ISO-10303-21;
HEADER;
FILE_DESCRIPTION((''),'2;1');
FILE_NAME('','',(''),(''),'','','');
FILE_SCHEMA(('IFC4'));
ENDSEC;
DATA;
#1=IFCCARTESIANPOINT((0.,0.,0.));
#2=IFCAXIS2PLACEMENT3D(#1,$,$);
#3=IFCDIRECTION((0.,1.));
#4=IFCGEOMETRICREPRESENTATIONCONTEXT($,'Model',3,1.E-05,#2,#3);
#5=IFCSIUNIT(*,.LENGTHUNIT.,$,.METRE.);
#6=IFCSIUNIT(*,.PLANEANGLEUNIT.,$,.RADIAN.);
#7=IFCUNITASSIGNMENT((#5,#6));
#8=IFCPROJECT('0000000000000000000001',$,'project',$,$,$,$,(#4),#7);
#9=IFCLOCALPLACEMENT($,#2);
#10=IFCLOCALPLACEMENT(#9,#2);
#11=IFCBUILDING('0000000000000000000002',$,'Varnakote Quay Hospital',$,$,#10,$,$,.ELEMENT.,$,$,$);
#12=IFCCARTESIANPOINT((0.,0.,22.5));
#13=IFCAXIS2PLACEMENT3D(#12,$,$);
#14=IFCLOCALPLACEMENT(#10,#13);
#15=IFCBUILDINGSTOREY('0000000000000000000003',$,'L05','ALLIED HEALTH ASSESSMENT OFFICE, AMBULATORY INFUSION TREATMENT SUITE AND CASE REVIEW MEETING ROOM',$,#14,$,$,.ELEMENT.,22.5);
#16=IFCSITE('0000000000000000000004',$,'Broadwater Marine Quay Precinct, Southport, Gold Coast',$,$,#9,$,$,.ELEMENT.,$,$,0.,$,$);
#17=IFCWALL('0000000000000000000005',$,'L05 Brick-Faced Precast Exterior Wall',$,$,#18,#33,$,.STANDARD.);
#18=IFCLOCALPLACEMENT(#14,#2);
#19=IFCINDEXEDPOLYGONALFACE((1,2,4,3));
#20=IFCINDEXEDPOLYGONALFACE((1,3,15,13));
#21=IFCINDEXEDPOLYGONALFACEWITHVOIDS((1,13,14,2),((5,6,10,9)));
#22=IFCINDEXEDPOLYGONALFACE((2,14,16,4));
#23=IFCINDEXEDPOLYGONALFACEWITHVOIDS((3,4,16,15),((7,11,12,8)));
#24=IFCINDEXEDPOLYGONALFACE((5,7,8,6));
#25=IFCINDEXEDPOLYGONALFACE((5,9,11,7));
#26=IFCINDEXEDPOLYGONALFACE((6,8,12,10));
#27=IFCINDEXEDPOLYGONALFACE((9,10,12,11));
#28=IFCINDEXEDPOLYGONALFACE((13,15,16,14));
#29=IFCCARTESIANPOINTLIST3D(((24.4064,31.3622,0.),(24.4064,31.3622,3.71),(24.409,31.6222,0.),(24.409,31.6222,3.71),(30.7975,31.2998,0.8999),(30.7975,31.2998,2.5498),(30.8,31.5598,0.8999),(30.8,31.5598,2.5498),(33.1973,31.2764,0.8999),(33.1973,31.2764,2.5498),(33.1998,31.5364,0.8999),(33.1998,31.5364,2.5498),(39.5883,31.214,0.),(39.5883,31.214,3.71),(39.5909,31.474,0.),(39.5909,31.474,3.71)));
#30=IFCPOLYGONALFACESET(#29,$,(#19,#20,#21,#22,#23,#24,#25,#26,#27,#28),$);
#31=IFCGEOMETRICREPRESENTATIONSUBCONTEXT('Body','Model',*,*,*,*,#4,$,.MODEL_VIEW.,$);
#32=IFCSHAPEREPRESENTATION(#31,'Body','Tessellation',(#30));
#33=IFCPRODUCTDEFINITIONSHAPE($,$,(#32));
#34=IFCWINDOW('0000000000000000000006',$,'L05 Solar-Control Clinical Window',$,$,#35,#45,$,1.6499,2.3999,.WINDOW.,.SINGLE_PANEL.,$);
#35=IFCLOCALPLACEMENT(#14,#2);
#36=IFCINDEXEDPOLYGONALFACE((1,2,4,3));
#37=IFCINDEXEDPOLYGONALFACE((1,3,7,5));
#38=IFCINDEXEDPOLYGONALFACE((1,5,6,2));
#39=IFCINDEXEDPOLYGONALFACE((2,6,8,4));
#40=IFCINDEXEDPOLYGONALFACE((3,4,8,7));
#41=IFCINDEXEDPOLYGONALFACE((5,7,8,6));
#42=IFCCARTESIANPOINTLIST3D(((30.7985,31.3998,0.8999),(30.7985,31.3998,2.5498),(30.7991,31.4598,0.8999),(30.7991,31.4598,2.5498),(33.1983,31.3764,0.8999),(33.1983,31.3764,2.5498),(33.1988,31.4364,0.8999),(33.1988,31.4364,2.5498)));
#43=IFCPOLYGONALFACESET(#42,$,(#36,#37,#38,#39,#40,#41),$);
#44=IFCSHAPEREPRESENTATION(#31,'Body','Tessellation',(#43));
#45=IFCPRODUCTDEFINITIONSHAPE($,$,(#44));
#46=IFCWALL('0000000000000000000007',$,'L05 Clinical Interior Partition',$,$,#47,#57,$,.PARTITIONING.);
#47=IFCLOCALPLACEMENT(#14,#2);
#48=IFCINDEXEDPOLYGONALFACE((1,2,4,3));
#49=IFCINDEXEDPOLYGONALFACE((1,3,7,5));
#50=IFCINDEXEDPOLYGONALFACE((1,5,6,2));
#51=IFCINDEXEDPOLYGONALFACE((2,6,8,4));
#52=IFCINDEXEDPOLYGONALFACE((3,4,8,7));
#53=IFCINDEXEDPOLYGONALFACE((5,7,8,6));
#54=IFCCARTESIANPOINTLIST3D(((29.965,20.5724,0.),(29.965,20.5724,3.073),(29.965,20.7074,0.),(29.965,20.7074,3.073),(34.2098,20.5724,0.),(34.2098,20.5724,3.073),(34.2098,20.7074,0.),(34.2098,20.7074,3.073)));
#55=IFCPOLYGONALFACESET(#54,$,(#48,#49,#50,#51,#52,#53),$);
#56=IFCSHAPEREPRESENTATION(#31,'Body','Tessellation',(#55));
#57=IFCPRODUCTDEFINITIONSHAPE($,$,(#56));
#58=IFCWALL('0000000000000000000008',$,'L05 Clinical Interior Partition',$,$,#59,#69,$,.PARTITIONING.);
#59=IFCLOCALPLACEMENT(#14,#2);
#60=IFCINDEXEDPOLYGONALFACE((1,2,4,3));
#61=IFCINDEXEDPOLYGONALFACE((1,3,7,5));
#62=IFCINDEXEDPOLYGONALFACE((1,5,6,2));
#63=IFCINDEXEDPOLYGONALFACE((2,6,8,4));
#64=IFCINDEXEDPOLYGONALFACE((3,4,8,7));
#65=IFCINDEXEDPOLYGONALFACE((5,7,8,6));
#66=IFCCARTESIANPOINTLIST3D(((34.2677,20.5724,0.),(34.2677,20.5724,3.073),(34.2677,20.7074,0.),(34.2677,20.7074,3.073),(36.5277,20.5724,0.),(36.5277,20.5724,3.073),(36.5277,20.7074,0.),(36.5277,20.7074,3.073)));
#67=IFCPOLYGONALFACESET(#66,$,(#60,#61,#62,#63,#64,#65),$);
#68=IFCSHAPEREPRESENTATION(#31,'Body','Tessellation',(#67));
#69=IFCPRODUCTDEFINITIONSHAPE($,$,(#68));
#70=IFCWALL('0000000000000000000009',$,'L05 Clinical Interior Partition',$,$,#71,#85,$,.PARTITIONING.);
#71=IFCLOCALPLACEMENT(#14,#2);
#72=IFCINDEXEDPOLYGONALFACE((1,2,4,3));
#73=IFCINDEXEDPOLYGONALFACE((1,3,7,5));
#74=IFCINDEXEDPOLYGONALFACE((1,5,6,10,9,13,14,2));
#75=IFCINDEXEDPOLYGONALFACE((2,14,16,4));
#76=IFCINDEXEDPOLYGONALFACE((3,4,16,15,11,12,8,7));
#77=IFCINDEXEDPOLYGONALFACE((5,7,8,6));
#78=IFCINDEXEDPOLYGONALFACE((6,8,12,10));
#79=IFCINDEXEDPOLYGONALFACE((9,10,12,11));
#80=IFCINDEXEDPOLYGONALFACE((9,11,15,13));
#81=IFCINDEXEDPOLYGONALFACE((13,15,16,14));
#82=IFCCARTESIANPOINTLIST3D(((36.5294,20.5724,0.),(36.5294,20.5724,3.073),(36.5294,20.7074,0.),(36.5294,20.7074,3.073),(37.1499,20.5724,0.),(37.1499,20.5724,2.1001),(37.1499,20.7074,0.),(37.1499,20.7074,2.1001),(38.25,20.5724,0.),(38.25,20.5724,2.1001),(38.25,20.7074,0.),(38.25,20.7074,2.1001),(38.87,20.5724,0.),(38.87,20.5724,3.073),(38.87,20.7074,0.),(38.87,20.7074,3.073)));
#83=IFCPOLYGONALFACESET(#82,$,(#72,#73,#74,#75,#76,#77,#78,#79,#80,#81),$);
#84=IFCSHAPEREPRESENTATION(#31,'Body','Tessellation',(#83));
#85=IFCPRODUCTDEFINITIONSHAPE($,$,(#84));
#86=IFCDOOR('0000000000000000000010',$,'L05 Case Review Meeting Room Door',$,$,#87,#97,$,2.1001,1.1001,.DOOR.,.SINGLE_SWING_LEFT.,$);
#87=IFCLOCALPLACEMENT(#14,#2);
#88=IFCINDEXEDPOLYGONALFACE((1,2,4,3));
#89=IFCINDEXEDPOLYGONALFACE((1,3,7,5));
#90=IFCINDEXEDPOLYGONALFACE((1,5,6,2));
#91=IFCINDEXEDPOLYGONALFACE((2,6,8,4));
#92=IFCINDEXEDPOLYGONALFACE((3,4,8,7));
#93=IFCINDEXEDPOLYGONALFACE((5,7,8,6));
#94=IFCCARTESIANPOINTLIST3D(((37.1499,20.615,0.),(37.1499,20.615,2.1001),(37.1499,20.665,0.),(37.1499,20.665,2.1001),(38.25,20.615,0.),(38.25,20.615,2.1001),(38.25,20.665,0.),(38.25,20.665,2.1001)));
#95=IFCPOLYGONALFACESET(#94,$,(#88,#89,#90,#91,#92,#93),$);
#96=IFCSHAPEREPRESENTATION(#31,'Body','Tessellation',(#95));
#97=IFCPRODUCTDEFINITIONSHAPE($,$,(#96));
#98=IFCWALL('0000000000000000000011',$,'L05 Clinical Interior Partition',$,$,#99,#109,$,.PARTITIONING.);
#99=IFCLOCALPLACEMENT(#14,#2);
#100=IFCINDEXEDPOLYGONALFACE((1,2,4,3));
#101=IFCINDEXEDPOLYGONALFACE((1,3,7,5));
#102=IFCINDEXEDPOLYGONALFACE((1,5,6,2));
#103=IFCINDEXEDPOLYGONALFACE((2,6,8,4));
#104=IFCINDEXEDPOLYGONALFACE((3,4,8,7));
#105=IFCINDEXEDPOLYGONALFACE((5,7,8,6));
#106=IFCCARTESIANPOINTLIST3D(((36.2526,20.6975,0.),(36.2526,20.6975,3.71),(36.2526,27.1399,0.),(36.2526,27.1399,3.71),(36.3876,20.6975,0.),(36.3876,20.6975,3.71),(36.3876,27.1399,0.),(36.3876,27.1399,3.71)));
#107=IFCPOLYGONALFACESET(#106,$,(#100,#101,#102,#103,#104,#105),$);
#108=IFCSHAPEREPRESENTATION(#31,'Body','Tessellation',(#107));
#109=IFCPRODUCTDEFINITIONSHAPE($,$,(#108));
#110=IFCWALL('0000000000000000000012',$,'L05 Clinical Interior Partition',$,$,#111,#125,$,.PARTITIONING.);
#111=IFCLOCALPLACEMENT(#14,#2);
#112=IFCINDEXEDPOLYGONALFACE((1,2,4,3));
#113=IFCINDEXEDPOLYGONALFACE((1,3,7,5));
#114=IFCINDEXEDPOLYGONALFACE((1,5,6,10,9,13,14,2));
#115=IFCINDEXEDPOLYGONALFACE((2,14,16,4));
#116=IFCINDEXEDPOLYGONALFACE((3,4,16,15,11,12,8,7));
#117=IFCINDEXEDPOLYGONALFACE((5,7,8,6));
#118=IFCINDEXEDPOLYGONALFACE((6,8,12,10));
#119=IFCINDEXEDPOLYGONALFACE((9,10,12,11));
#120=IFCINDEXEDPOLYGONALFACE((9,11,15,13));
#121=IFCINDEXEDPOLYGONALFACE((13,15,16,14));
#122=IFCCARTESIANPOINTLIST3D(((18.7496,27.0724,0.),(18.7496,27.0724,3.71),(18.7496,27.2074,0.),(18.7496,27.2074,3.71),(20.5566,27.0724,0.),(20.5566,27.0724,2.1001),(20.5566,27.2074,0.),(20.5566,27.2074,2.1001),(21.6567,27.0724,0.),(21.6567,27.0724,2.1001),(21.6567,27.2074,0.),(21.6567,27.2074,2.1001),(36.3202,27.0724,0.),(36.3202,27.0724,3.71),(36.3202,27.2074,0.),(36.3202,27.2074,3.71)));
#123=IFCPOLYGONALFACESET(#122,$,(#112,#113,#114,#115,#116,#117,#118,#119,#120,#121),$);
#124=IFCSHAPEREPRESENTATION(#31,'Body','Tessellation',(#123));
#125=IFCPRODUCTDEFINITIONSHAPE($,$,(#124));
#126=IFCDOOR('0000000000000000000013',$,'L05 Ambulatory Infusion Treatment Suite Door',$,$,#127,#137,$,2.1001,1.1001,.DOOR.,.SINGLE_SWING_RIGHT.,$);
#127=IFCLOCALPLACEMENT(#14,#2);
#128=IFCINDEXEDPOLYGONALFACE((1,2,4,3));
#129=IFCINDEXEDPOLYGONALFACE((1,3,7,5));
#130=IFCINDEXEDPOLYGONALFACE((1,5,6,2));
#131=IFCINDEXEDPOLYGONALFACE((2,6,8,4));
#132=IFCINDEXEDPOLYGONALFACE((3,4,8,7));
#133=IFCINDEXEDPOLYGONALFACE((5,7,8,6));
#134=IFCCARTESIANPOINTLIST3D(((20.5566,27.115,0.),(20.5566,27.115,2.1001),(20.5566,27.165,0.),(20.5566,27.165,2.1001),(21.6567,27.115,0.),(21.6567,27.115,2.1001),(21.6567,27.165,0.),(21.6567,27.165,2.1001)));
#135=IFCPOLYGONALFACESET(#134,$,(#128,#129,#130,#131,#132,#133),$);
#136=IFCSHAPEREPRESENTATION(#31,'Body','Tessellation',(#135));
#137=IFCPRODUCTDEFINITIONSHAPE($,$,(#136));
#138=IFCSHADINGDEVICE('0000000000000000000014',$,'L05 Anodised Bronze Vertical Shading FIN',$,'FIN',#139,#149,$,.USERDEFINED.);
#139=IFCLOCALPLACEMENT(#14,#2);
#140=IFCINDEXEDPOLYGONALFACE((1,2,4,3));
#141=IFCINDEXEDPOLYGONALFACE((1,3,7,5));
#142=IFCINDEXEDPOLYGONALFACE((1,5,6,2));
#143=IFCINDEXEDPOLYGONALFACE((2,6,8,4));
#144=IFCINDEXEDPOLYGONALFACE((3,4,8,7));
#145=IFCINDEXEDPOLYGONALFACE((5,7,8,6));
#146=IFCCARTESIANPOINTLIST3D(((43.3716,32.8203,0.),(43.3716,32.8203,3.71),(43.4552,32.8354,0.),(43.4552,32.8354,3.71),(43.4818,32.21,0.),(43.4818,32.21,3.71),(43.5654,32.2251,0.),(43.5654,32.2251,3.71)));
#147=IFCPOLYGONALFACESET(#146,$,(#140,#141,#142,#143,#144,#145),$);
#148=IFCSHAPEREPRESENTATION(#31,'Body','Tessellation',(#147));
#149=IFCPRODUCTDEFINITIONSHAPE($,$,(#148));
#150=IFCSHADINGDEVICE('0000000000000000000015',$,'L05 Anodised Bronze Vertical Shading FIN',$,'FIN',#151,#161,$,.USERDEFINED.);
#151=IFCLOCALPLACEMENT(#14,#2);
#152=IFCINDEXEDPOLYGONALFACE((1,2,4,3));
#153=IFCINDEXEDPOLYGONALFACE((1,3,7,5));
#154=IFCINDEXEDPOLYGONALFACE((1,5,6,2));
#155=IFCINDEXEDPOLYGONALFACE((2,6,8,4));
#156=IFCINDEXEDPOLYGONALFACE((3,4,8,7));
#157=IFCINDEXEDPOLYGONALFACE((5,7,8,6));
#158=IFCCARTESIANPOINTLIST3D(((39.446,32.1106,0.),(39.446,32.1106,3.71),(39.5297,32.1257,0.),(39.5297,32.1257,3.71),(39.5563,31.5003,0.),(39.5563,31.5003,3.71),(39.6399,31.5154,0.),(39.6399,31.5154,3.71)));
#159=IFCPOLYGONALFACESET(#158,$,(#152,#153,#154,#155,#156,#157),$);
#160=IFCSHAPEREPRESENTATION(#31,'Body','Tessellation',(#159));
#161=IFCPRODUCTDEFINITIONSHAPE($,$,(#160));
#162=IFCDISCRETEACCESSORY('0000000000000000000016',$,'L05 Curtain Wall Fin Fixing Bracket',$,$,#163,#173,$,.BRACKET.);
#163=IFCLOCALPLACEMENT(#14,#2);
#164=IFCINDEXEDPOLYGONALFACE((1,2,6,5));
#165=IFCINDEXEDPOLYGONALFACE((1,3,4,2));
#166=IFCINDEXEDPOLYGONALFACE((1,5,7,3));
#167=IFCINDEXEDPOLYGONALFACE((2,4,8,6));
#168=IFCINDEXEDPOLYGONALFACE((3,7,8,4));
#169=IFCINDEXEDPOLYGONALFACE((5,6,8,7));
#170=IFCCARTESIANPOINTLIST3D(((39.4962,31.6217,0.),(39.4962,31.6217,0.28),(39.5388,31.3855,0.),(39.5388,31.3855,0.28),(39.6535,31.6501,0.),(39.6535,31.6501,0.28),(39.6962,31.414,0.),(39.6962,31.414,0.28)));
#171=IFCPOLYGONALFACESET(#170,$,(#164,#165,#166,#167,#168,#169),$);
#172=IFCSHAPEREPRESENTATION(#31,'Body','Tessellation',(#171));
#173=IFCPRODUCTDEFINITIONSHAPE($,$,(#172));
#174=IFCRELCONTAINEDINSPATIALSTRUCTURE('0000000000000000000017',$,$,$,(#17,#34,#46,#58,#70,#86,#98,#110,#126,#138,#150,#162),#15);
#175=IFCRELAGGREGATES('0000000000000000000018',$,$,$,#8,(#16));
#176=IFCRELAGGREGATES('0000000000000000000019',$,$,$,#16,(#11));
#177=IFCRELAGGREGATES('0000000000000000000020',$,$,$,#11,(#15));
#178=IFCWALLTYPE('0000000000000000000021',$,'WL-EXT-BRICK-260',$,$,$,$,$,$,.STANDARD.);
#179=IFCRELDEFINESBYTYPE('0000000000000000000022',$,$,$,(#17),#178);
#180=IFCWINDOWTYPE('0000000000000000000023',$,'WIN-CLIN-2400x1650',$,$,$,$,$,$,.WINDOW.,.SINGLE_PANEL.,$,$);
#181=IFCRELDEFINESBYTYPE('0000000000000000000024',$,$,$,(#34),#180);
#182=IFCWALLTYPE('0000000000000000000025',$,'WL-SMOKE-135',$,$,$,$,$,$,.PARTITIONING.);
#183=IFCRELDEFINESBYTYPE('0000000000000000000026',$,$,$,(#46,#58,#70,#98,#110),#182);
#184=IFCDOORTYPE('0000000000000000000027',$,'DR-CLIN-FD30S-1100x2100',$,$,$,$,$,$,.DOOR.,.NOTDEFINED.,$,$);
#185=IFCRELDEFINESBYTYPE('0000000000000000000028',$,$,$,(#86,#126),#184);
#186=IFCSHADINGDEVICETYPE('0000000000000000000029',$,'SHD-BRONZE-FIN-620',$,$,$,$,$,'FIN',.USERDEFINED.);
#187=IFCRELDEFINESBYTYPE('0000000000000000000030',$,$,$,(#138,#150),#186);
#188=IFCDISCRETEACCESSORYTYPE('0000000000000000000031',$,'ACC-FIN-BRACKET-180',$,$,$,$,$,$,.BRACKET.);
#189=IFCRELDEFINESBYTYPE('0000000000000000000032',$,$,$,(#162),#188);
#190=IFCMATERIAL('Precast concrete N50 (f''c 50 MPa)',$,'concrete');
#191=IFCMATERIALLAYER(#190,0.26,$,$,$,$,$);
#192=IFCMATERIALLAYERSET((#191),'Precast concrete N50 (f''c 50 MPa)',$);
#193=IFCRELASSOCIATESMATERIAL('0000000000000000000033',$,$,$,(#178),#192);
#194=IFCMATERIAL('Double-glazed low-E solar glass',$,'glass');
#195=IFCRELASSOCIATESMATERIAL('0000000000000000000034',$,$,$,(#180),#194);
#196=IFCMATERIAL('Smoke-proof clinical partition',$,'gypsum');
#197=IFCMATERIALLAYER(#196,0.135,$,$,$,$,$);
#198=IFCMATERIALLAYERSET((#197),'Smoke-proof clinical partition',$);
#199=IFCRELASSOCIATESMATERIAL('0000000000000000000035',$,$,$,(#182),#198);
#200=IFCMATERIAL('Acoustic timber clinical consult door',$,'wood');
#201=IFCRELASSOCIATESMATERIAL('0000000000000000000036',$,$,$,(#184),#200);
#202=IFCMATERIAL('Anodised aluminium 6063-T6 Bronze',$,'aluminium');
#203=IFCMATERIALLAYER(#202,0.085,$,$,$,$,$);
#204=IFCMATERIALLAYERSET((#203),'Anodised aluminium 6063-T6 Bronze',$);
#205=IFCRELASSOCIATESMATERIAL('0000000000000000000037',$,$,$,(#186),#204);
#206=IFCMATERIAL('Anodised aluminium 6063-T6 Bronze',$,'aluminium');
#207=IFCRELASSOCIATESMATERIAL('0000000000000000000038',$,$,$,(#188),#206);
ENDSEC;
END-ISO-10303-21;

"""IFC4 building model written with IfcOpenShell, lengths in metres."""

from ifc_helpers import new_model, si_unit, direction, frame, frame_2d, origin, origin_2d, place, context, subcontext, project, spatial, rectangle, extrude, material, layer, layer_set, type_object, element, fill, save


model = new_model("IFC4")

# Units and contexts
model_context = context("Model", 3, precision=1e-05, world=origin(), true_north=direction((0.0, 1.0)))
body_context = subcontext(model_context, "Body", "Model", "MODEL_VIEW")
ifc_project = project(units=[si_unit("LENGTHUNIT", "METRE"), si_unit("PLANEANGLEUNIT", "RADIAN")], contexts=[model_context])

# Site, building, storey
site_placement = place(None, origin())
site = spatial("IfcSite", under=ifc_project, at=site_placement, Name="Broadwater Marine Quay Precinct, Southport, Gold Coast", CompositionType="ELEMENT", RefElevation=0.0)
building_placement = place(site_placement, origin())
building = spatial("IfcBuilding", under=site, at=building_placement, Name="Varnakote Quay Hospital", CompositionType="ELEMENT")
storey_placement = place(building_placement, frame((0.0, 0.0, 22.5)))
storey = spatial("IfcBuildingStorey", under=building, at=storey_placement, Name="L05", Description="ALLIED HEALTH ASSESSMENT OFFICE, AMBULATORY INFUSION TREATMENT SUITE AND CASE REVIEW MEETING ROOM", CompositionType="ELEMENT", Elevation=22.5)

# Wall, opening, window
ifc_material_1 = material(Name="Precast concrete N50 (f'c 50 MPa)", Category="concrete")
ifc_layer_1 = layer(ifc_material_1, 0.26)
ifc_layer_set_1 = layer_set([ifc_layer_1], Name="Precast concrete N50 (f'c 50 MPa)")
wall_type_1 = type_object("IfcWallType", Name="WL-EXT-BRICK-260", PredefinedType="STANDARD", material=ifc_layer_set_1)
wall_1_placement = place(storey_placement, frame((39.5896, 31.344, 0.0), z_axis=(0.0, 0.0, 1.0), x_axis=(-0.999952, 0.009761, 0.0)))
wall_1 = element("IfcWall", 1, at=wall_1_placement, inside=storey, type_object=wall_type_1, Name="L05 Brick-Faced Precast Exterior Wall", PredefinedType="STANDARD", context=body_context, shape_type="SweptSolid", body=[
    extrude(rectangle(XDim=15.1826, YDim=0.26, at=frame_2d((7.5913, 0.0))), origin(), (0.0, 0.0, 1.0), 3.71),
])
opening_1_placement = place(wall_1_placement, frame((6.3914, 0.0, 0.8999)))
opening_1 = element("IfcOpeningElement", 2, at=opening_1_placement, cuts=wall_1, PredefinedType="OPENING", context=body_context, shape_type="SweptSolid", body=[
    extrude(rectangle(XDim=2.3999, YDim=1.6499, at=frame_2d((1.2, 0.825))), frame((0.0, 0.1399, 0.0), z_axis=(0.0, -1.0, 0.0), x_axis=(1.0, 0.0, 0.0)), (0.0, 0.0, 1.0), 0.28),
])
ifc_material_2 = material(Name="Double-glazed low-E solar glass", Category="glass")
window_type = type_object("IfcWindowType", Name="WIN-CLIN-2400x1650", PartitioningType="SINGLE_PANEL", PredefinedType="WINDOW", material=ifc_material_2)
window_placement = place(opening_1_placement, origin())
window = element("IfcWindow", 3, at=window_placement, inside=storey, type_object=window_type, Name="L05 Solar-Control Clinical Window", OverallHeight=1.6499, OverallWidth=2.3999, PartitioningType="SINGLE_PANEL", PredefinedType="WINDOW", context=body_context, shape_type="SweptSolid", body=[
    extrude(rectangle(XDim=2.3999, YDim=1.6499, at=frame_2d((1.2, 0.825))), frame((0.0, 0.03, 0.0), z_axis=(0.0, -1.0, 0.0), x_axis=(1.0, 0.0, 0.0)), (0.0, 0.0, 1.0), 0.0601),
])
fill(opening_1, window)

# Walls
ifc_material_3 = material(Name="Smoke-proof clinical partition", Category="gypsum")
ifc_layer_2 = layer(ifc_material_3, 0.135)
ifc_layer_set_2 = layer_set([ifc_layer_2], Name="Smoke-proof clinical partition")
wall_type_2 = type_object("IfcWallType", Name="WL-SMOKE-135", PredefinedType="PARTITIONING", material=ifc_layer_set_2)
wall_2_placement = place(storey_placement, frame((34.21, 20.6399, 0.0), z_axis=(0.0, 0.0, 1.0), x_axis=(-1.0, 0.0, 0.0)))
element("IfcWall", 4, at=wall_2_placement, inside=storey, type_object=wall_type_2, Name="L05 Clinical Interior Partition", PredefinedType="PARTITIONING", context=body_context, shape_type="SweptSolid", body=[
    extrude(rectangle(XDim=4.2449, YDim=0.135, at=frame_2d((2.1226, 0.0))), origin(), (0.0, 0.0, 1.0), 3.073),
])
wall_3_placement = place(storey_placement, frame((36.5276, 20.6399, 0.0), z_axis=(0.0, 0.0, 1.0), x_axis=(-1.0, 0.0, 0.0)))
element("IfcWall", 5, at=wall_3_placement, inside=storey, type_object=wall_type_2, Name="L05 Clinical Interior Partition", PredefinedType="PARTITIONING", context=body_context, shape_type="SweptSolid", body=[
    extrude(rectangle(XDim=2.26, YDim=0.135, at=frame_2d((1.1299, 0.0))), origin(), (0.0, 0.0, 1.0), 3.073),
])

# Wall, opening, door
wall_4_placement = place(storey_placement, frame((38.8701, 20.6399, 0.0), z_axis=(0.0, 0.0, 1.0), x_axis=(-1.0, 0.0, 0.0)))
wall_4 = element("IfcWall", 6, at=wall_4_placement, inside=storey, type_object=wall_type_2, Name="L05 Clinical Interior Partition", PredefinedType="PARTITIONING", context=body_context, shape_type="SweptSolid", body=[
    extrude(rectangle(XDim=2.3406, YDim=0.135, at=frame_2d((1.1704, 0.0))), origin(), (0.0, 0.0, 1.0), 3.073),
])
opening_2_placement = place(wall_4_placement, frame((0.6201, 0.0, 0.0)))
opening_2 = element("IfcOpeningElement", 7, at=opening_2_placement, cuts=wall_4, PredefinedType="OPENING", context=body_context, shape_type="SweptSolid", body=[
    extrude(rectangle(XDim=1.1001, YDim=2.1001, at=frame_2d((0.55, 1.05))), frame((0.0, 0.0774, 0.0), z_axis=(0.0, -1.0, 0.0), x_axis=(1.0, 0.0, 0.0)), (0.0, 0.0, 1.0), 0.155),
])
ifc_material_4 = material(Name="Acoustic timber clinical consult door", Category="wood")
door_type = type_object("IfcDoorType", Name="DR-CLIN-FD30S-1100x2100", OperationType="NOTDEFINED", PredefinedType="DOOR", material=ifc_material_4)
door_1_placement = place(opening_2_placement, origin())
door_1 = element("IfcDoor", 8, at=door_1_placement, inside=storey, type_object=door_type, Name="L05 Case Review Meeting Room Door", OperationType="SINGLE_SWING_LEFT", OverallHeight=2.1001, OverallWidth=1.1001, PredefinedType="DOOR", context=body_context, shape_type="SweptSolid", body=[
    extrude(rectangle(XDim=1.1001, YDim=2.1001, at=frame_2d((0.55, 1.05))), frame((0.0, 0.0249, 0.0), z_axis=(0.0, -1.0, 0.0), x_axis=(1.0, 0.0, 0.0)), (0.0, 0.0, 1.0), 0.05),
])
fill(opening_2, door_1)

# Wall
wall_5_placement = place(storey_placement, frame((36.3201, 20.6975, 0.0), z_axis=(0.0, 0.0, 1.0), x_axis=(0.0, 1.0, 0.0)))
element("IfcWall", 9, at=wall_5_placement, inside=storey, type_object=wall_type_2, Name="L05 Clinical Interior Partition", PredefinedType="PARTITIONING", context=body_context, shape_type="SweptSolid", body=[
    extrude(rectangle(XDim=6.4424, YDim=0.135, at=frame_2d((3.2212, 0.0))), origin(), (0.0, 0.0, 1.0), 3.71),
])

# Wall, opening, door
wall_6_placement = place(storey_placement, frame((36.3201, 27.1399, 0.0), z_axis=(0.0, 0.0, 1.0), x_axis=(-1.0, 0.0, 0.0)))
wall_6 = element("IfcWall", 10, at=wall_6_placement, inside=storey, type_object=wall_type_2, Name="L05 Clinical Interior Partition", PredefinedType="PARTITIONING", context=body_context, shape_type="SweptSolid", body=[
    extrude(rectangle(XDim=17.5706, YDim=0.135, at=frame_2d((8.7852, 0.0))), origin(), (0.0, 0.0, 1.0), 3.71),
])
opening_3_placement = place(wall_6_placement, frame((14.6633, 0.0, 0.0)))
opening_3 = element("IfcOpeningElement", 11, at=opening_3_placement, cuts=wall_6, PredefinedType="OPENING", context=body_context, shape_type="SweptSolid", body=[
    extrude(rectangle(XDim=1.1001, YDim=2.1001, at=frame_2d((0.55, 1.05))), frame((0.0, 0.0774, 0.0), z_axis=(0.0, -1.0, 0.0), x_axis=(1.0, 0.0, 0.0)), (0.0, 0.0, 1.0), 0.155),
])
door_2_placement = place(opening_3_placement, origin())
door_2 = element("IfcDoor", 12, at=door_2_placement, inside=storey, type_object=door_type, Name="L05 Ambulatory Infusion Treatment Suite Door", OperationType="SINGLE_SWING_RIGHT", OverallHeight=2.1001, OverallWidth=1.1001, PredefinedType="DOOR", context=body_context, shape_type="SweptSolid", body=[
    extrude(rectangle(XDim=1.1001, YDim=2.1001, at=frame_2d((0.55, 1.05))), frame((0.0, 0.0249, 0.0), z_axis=(0.0, -1.0, 0.0), x_axis=(1.0, 0.0, 0.0)), (0.0, 0.0, 1.0), 0.05),
])
fill(opening_3, door_2)

# Shading devices
ifc_material_5 = material(Name="Anodised aluminium 6063-T6 Bronze", Category="aluminium")
ifc_layer_3 = layer(ifc_material_5, 0.085)
ifc_layer_set_3 = layer_set([ifc_layer_3], Name="Anodised aluminium 6063-T6 Bronze")
shading_device_type = type_object("IfcShadingDeviceType", Name="SHD-BRONZE-FIN-620", ElementType="FIN", PredefinedType="USERDEFINED", material=ifc_layer_set_3)
for number, where, z_axis, x_axis, name in (
    (13, (43.4685, 32.5227, 0.0), (0.0, 0.0, 1.0), (0.177772, -0.984072, 0.0), "L05 Anodised Bronze Vertical Shading FIN"),
    (14, (39.543, 31.813, 0.0), (0.0, 0.0, 1.0), (0.177772, -0.984072, 0.0), "L05 Anodised Bronze Vertical Shading FIN"),
):
    element("IfcShadingDevice", number, at=place(storey_placement, frame(where, z_axis=z_axis, x_axis=x_axis)), inside=storey, type_object=shading_device_type, Name=name, ObjectType="FIN", PredefinedType="USERDEFINED", context=body_context, shape_type="SweptSolid", body=[
        extrude(rectangle(XDim=0.6201, YDim=0.085, at=origin_2d()), origin(), (0.0, 0.0, 1.0), 3.71),
    ])

# Discrete accessory
ifc_material_6 = material(Name="Anodised aluminium 6063-T6 Bronze", Category="aluminium")
discrete_accessory_type = type_object("IfcDiscreteAccessoryType", Name="ACC-FIN-BRACKET-180", PredefinedType="BRACKET", material=ifc_material_6)
discrete_accessory_placement = place(storey_placement, frame((39.5962, 31.5178, 0.0), z_axis=(0.0, 0.0, 1.0), x_axis=(-0.984072, -0.177772, 0.0)))
element("IfcDiscreteAccessory", 15, at=discrete_accessory_placement, inside=storey, type_object=discrete_accessory_type, Name="L05 Curtain Wall Fin Fixing Bracket", PredefinedType="BRACKET", context=body_context, shape_type="SweptSolid", body=[
    extrude(rectangle(XDim=0.1599, YDim=0.24, at=origin_2d()), origin(), (0.0, 0.0, 1.0), 0.28),
])

save(model, "model.ifc")
